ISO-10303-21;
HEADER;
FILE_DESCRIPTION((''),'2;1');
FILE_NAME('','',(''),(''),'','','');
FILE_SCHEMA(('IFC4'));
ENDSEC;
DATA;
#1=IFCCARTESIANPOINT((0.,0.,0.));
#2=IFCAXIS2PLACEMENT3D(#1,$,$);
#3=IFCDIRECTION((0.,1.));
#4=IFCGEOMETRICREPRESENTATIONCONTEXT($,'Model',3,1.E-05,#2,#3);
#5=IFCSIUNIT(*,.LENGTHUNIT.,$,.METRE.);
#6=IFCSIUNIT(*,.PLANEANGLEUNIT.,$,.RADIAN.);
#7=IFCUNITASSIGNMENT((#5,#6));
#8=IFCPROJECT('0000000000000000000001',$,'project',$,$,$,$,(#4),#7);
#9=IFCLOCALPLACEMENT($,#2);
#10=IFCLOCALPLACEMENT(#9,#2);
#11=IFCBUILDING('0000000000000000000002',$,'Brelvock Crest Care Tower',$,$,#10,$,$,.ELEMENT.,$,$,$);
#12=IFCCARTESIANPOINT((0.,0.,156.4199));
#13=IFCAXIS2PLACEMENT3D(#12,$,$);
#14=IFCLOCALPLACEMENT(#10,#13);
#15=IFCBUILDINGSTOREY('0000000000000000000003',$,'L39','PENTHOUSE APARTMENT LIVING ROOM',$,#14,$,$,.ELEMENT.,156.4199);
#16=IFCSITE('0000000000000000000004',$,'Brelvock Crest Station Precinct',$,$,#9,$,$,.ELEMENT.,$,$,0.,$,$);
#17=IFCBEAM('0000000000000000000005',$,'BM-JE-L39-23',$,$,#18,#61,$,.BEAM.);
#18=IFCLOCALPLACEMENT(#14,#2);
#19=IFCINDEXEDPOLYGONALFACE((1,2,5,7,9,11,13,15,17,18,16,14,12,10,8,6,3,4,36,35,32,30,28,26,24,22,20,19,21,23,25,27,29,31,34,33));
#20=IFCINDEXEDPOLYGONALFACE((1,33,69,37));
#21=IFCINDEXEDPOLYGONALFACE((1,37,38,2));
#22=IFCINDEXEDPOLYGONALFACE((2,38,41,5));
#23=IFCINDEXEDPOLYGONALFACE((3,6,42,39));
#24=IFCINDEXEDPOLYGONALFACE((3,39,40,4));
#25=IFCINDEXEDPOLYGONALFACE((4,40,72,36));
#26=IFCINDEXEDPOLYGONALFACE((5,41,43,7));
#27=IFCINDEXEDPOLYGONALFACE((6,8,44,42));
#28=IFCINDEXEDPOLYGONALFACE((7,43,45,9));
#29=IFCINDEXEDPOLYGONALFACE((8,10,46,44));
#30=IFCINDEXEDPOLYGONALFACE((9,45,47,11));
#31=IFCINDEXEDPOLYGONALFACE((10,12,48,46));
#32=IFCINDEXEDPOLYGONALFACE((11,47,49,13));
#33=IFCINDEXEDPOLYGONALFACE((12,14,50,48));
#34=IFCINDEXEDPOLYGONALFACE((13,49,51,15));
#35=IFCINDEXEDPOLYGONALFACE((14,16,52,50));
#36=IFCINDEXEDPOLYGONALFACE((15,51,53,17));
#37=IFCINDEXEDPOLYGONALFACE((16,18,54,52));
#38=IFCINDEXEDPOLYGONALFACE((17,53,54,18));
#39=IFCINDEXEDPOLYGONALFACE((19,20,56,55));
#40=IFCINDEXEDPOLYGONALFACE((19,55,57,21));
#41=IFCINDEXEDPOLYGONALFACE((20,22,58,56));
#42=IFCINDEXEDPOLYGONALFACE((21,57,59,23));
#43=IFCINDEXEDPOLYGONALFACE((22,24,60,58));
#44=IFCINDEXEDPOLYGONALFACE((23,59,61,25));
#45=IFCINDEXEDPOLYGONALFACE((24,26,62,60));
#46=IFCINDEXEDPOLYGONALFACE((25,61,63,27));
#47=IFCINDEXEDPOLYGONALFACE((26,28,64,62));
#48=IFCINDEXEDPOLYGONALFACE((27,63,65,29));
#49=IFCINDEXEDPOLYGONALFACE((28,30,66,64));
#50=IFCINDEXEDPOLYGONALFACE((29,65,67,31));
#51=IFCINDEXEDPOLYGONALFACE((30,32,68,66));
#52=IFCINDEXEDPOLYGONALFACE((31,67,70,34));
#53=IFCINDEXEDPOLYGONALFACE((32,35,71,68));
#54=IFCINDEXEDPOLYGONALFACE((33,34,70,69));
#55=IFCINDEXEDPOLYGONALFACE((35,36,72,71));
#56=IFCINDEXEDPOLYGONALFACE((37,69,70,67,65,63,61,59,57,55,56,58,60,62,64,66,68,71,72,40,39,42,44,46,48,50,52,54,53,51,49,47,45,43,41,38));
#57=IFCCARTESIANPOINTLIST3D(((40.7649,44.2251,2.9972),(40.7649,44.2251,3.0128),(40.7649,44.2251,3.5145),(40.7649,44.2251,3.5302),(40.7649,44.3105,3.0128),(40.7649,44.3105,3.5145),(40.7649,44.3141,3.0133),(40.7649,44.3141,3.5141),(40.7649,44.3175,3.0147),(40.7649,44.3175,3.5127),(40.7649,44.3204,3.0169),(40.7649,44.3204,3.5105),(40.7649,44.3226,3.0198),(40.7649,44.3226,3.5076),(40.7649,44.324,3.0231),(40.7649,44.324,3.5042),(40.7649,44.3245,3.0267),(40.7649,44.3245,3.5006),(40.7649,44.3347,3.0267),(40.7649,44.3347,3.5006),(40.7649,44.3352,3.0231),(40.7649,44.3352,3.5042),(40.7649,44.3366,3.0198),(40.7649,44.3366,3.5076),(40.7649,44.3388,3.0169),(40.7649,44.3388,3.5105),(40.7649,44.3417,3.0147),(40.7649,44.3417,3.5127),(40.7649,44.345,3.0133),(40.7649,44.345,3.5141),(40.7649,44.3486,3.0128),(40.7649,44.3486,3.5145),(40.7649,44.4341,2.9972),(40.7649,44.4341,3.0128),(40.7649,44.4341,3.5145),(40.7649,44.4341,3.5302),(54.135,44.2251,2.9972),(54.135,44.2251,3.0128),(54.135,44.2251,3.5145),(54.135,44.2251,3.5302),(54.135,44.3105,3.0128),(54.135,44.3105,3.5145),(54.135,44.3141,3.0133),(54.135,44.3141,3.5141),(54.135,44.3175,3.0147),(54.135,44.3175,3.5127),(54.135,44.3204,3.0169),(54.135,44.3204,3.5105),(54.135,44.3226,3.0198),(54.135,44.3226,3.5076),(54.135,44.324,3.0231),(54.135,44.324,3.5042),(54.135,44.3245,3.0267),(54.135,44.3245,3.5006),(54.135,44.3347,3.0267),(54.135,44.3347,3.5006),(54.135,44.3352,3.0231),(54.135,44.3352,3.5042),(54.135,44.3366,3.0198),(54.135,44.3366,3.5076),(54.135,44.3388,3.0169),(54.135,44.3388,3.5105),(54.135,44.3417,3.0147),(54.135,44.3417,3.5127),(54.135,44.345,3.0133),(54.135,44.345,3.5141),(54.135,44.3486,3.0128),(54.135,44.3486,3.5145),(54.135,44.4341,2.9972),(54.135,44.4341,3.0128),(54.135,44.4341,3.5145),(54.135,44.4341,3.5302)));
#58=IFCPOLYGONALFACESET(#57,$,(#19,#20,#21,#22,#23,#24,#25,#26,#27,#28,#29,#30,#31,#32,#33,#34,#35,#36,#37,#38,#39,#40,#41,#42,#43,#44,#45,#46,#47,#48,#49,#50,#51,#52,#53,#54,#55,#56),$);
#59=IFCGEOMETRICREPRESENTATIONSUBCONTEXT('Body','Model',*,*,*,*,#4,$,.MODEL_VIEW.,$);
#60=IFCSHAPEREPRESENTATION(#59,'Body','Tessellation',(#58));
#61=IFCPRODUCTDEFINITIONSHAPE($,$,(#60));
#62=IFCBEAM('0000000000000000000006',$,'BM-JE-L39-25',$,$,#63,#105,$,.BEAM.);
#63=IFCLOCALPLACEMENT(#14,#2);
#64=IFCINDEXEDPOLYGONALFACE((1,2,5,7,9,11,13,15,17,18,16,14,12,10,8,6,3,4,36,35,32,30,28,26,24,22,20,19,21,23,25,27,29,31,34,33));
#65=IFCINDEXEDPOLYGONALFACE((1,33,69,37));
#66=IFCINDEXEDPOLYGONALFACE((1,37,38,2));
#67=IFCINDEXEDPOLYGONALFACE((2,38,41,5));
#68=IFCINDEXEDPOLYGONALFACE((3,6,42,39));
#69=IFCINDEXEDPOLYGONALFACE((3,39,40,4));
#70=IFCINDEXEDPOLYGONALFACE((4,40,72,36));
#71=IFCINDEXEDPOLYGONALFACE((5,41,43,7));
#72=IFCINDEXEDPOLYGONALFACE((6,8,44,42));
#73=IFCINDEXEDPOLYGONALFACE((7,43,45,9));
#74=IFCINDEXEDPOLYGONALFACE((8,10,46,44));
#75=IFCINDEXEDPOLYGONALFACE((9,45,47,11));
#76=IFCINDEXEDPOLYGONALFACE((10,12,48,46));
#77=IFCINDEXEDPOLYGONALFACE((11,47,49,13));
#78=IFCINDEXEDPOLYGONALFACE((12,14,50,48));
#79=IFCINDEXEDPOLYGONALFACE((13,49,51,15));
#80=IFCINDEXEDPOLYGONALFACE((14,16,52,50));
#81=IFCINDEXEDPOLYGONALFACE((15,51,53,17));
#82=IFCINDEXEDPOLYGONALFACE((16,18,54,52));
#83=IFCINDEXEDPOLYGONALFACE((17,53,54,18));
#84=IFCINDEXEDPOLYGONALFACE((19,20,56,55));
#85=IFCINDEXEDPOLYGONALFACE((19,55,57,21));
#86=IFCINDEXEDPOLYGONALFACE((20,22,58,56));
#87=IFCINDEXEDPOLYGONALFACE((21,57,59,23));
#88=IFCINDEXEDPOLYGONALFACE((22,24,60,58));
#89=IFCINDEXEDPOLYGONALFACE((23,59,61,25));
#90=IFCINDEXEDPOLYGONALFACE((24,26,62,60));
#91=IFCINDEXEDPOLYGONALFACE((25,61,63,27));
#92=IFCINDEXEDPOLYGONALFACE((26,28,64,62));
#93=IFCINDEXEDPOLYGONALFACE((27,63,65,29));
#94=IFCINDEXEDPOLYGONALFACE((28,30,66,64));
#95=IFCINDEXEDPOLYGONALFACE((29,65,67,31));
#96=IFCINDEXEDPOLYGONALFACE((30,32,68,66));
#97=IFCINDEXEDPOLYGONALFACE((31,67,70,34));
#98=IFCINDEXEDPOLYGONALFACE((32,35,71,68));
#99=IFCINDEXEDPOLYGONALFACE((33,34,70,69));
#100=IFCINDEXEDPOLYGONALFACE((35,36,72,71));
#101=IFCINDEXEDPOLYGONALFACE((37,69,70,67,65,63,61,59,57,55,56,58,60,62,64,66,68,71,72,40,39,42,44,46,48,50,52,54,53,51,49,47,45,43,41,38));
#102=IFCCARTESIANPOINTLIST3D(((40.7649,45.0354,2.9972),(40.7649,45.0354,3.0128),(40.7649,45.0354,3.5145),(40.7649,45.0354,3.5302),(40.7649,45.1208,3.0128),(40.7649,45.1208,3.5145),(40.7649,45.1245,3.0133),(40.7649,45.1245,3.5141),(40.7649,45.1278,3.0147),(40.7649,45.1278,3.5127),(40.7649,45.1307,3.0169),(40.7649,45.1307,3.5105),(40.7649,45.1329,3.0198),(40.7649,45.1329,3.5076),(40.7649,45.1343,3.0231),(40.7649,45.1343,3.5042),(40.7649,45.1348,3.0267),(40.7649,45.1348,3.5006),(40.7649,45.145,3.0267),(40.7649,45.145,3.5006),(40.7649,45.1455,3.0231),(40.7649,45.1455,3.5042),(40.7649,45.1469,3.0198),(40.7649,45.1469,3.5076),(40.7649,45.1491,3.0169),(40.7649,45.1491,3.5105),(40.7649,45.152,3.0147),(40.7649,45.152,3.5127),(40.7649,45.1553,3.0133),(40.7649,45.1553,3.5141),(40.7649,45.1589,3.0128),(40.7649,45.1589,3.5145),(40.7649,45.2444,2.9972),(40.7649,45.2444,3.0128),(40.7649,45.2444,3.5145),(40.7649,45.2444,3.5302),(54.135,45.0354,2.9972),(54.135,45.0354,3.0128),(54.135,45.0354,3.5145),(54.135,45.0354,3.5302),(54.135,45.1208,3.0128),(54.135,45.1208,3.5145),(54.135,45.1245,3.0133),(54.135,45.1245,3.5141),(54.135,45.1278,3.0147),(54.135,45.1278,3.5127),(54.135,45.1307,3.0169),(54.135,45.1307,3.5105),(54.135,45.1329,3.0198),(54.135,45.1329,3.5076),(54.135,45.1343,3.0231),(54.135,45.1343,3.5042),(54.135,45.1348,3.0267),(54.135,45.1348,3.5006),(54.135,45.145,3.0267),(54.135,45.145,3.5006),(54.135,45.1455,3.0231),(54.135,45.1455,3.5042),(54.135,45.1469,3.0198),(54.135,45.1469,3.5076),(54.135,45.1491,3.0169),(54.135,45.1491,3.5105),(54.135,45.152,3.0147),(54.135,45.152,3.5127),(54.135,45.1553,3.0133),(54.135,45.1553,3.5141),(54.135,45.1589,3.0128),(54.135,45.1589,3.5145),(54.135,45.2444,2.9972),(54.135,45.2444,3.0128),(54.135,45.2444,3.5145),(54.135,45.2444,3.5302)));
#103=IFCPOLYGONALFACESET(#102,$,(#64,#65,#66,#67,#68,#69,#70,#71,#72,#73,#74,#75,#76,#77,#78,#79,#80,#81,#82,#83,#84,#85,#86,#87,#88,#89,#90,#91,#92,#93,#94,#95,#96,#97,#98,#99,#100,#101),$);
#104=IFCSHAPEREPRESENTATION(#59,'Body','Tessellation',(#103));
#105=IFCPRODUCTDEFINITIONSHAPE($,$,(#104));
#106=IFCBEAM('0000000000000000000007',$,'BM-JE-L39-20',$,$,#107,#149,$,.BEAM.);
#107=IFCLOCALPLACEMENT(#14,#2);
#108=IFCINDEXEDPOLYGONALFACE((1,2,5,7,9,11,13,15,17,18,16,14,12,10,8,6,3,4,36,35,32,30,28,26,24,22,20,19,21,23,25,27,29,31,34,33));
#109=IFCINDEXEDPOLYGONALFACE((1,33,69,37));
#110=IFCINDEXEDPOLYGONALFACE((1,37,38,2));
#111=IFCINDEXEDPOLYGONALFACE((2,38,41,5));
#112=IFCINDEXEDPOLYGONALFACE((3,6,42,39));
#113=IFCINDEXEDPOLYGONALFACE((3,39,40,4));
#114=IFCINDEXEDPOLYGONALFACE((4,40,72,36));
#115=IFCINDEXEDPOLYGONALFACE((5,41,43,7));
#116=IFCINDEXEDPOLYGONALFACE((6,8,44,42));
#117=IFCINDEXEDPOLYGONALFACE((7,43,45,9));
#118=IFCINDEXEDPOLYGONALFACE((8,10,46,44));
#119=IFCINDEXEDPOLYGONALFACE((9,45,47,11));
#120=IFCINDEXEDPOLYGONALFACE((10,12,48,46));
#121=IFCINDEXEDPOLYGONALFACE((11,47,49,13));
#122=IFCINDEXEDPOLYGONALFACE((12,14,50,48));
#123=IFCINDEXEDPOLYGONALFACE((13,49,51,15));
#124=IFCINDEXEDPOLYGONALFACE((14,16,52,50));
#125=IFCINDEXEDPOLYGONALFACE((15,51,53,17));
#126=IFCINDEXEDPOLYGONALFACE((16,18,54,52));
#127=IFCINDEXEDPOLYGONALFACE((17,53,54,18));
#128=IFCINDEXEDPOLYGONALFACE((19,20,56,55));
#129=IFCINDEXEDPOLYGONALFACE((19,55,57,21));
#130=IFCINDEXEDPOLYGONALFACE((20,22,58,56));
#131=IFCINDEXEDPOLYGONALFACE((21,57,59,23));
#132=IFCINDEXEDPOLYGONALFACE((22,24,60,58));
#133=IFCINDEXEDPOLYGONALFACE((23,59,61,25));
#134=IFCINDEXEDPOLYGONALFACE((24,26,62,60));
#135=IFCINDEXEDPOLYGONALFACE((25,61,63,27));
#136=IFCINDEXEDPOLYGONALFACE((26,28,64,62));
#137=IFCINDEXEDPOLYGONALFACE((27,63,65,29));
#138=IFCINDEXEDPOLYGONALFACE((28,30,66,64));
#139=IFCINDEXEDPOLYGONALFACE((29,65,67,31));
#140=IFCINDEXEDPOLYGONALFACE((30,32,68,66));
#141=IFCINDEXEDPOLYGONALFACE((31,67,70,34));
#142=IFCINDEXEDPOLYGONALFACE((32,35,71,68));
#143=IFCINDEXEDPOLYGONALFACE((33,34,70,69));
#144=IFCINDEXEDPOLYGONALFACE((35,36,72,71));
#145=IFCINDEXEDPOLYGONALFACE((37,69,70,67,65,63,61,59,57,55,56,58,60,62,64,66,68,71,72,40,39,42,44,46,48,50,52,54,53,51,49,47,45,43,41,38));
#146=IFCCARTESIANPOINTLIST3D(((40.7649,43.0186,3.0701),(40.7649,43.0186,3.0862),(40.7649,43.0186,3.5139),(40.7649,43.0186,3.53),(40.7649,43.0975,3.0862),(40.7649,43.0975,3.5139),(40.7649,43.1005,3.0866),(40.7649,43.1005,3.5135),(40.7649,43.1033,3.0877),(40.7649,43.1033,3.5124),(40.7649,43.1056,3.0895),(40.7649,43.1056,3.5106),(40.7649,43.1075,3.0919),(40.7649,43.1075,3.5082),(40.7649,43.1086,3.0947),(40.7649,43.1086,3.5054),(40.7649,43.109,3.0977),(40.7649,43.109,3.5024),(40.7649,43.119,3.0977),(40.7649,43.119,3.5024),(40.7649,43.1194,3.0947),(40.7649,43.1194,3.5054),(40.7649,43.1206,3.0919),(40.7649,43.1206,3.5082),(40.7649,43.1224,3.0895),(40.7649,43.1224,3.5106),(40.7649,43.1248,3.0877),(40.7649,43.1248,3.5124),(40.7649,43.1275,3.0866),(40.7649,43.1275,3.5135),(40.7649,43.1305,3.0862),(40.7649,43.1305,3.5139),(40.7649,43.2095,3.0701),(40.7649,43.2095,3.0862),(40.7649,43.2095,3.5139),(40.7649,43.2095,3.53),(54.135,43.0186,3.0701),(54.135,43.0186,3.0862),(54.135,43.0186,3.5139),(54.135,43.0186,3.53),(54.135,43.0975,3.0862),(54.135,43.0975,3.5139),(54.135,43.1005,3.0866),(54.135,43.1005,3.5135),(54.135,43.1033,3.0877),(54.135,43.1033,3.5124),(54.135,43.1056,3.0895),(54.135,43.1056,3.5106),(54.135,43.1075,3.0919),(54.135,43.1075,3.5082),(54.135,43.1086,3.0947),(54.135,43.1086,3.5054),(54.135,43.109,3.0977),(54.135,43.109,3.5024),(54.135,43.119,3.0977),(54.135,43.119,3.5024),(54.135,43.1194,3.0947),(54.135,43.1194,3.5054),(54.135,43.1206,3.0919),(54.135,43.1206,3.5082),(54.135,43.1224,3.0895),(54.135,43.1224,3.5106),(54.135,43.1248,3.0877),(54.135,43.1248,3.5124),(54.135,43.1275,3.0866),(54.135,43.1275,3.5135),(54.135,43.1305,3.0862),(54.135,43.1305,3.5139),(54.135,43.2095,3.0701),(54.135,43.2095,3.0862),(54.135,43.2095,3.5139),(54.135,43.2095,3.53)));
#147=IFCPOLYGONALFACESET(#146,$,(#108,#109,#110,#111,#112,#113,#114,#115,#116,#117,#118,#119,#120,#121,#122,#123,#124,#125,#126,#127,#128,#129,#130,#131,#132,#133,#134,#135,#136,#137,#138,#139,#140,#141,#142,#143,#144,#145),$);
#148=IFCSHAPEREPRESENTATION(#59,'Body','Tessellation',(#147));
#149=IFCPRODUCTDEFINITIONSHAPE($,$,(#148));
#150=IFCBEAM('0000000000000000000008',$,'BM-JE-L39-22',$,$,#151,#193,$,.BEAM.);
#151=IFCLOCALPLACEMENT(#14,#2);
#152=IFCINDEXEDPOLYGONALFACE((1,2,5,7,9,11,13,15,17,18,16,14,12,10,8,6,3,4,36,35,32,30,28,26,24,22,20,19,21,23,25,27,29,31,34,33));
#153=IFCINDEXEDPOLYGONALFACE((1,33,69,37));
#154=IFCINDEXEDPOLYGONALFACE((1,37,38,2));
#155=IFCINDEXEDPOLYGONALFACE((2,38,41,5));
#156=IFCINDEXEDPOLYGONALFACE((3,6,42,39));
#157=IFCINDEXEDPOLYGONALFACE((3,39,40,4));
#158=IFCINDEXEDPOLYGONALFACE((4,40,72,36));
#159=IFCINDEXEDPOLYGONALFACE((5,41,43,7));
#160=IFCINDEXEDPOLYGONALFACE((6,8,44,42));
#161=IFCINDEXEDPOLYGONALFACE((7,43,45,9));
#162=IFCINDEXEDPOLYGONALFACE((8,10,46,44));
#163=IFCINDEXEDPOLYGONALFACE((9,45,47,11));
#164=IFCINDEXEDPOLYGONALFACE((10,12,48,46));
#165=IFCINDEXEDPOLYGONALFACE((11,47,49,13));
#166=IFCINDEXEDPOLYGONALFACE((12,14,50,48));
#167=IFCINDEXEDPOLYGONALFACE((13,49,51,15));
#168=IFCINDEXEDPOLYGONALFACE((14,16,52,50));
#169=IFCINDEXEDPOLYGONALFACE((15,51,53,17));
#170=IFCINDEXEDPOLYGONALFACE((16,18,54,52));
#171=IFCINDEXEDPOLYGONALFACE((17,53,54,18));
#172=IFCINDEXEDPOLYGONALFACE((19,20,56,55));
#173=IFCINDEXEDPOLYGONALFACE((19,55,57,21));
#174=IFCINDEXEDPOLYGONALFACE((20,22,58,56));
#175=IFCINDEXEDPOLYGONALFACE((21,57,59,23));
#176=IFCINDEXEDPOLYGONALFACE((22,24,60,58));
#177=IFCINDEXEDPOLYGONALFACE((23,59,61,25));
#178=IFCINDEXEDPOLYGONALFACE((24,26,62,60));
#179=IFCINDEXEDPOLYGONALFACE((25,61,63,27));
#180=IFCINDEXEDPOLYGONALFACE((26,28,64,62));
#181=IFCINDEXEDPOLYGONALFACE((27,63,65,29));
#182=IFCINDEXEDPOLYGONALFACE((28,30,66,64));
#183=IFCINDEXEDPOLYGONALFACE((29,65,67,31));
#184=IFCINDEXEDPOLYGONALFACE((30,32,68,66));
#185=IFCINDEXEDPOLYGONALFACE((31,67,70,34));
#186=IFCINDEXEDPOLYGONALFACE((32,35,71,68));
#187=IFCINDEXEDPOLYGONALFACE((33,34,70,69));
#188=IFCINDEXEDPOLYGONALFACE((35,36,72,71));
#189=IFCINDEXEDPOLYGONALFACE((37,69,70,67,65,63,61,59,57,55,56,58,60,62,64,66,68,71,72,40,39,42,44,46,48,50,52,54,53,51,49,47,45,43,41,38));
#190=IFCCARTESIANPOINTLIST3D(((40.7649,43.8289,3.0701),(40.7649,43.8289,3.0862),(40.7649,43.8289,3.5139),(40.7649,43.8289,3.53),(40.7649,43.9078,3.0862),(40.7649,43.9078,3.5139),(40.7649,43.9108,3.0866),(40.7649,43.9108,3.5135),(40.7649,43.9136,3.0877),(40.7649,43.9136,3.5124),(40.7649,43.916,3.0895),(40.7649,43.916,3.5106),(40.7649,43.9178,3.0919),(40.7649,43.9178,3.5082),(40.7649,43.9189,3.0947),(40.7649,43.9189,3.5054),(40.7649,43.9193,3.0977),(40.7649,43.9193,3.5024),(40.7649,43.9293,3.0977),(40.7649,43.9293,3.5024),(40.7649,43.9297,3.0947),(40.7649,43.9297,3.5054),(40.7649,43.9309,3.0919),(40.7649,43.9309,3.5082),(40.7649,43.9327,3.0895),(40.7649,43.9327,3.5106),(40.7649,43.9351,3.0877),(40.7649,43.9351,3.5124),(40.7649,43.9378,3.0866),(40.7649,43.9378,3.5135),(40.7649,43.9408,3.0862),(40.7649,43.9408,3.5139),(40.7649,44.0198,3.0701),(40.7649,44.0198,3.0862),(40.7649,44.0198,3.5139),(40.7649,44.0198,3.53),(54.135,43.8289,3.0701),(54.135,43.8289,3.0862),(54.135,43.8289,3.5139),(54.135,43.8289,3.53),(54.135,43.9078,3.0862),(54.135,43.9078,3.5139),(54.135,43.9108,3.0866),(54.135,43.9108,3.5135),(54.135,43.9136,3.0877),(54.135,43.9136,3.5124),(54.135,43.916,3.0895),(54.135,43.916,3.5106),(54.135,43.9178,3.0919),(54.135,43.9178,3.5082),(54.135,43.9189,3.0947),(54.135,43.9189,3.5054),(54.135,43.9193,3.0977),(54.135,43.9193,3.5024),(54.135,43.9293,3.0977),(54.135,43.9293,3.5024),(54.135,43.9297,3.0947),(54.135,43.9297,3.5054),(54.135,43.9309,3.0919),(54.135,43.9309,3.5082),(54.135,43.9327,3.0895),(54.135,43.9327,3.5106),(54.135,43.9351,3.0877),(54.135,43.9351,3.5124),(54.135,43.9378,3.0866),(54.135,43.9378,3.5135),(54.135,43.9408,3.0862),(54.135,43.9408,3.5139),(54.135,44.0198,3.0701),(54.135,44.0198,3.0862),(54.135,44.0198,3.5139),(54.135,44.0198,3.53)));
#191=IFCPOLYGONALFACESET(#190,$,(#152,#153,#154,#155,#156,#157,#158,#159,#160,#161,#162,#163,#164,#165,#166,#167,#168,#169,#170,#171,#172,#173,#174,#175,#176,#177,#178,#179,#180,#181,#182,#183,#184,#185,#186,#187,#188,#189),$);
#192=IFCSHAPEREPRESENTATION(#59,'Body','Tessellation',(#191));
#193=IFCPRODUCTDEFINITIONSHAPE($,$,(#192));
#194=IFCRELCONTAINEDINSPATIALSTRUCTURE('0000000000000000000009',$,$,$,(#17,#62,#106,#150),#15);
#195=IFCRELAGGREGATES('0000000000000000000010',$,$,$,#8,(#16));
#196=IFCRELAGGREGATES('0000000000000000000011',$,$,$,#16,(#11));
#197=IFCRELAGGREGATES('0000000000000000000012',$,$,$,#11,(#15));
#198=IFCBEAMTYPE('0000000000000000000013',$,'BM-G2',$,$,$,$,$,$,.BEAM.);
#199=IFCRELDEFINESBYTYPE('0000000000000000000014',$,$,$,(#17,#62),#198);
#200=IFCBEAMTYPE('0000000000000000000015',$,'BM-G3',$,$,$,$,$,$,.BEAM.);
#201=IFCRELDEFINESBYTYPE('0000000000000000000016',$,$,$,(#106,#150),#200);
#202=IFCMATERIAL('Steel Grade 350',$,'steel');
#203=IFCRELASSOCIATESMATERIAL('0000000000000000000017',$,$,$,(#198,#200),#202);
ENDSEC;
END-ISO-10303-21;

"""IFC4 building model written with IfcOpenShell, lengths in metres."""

from ifc_helpers import new_model, si_unit, direction, frame, origin, origin_2d, place, context, subcontext, project, spatial, i_section, extrude, source, transform, mapped, material, material_profile, profile_set, type_object, element, save


model = new_model("IFC4")

# Units and contexts
model_context = context("Model", 3, precision=1e-05, world=origin(), true_north=direction((0.0, 1.0)))
body_context = subcontext(model_context, "Body", "Model", "MODEL_VIEW")
ifc_project = project(units=[si_unit("LENGTHUNIT", "METRE"), si_unit("PLANEANGLEUNIT", "RADIAN")], contexts=[model_context])

# Site, building, storey
site_placement = place(None, origin())
site = spatial("IfcSite", under=ifc_project, at=site_placement, Name="Brelvock Crest Station Precinct", CompositionType="ELEMENT", RefElevation=0.0)
building_placement = place(site_placement, origin())
building = spatial("IfcBuilding", under=site, at=building_placement, Name="Brelvock Crest Care Tower", CompositionType="ELEMENT")
storey_placement = place(building_placement, frame((0.0, 0.0, 156.4199)))
storey = spatial("IfcBuildingStorey", under=building, at=storey_placement, Name="L39", Description="PENTHOUSE APARTMENT LIVING ROOM", CompositionType="ELEMENT", Elevation=156.4199)

# Shared definitions
ifc_material_1 = material(Name="Steel Grade 350", Category="steel")

# Beams
ifc_material_profile_1 = material_profile(ifc_material_1, i_section(OverallWidth=0.209, OverallDepth=0.533, WebThickness=0.0103, FlangeThickness=0.0156, FilletRadius=0.0139, at=origin_2d()), Name="530UB92.4")
ifc_profile_set_1 = profile_set([ifc_material_profile_1], Name="Steel Grade 350")
beam_type_1 = type_object("IfcBeamType", Name="BM-G2", PredefinedType="BEAM", material=ifc_profile_set_1)
shared_shape_1 = source(origin(), body_context, "Body", "SweptSolid", [
    extrude(i_section(OverallWidth=0.209, OverallDepth=0.533, WebThickness=0.0103, FlangeThickness=0.0156, FilletRadius=0.0139, at=origin_2d()), origin(), (0.0, 0.0, 1.0), 13.3701),
])
for number, where, z_axis, x_axis, name in (
    (1, (40.7649, 44.3296, 3.2637), (1.0, 0.0, 0.0), (0.0, 1.0, 0.0), "BM-JE-L39-23"),
    (2, (40.7649, 45.1399, 3.2637), (1.0, 0.0, 0.0), (0.0, 1.0, 0.0), "BM-JE-L39-25"),
):
    element("IfcBeam", number, at=place(storey_placement, frame(where, z_axis=z_axis, x_axis=x_axis)), inside=storey, type_object=beam_type_1, Name=name, PredefinedType="BEAM", context=body_context, shape_type="MappedRepresentation", body=[
        mapped(shared_shape_1, transform((0.0, 0.0, 0.0), x_axis=(1.0, 0.0, 0.0), y_axis=(0.0, 1.0, 0.0), z_axis=(0.0, 0.0, 1.0), scale=1.0)),
    ])
ifc_material_profile_2 = material_profile(ifc_material_1, i_section(OverallWidth=0.1909, OverallDepth=0.46, WebThickness=0.01, FlangeThickness=0.0161, FilletRadius=0.0115, at=origin_2d()), Name="460UB82.1")
ifc_profile_set_2 = profile_set([ifc_material_profile_2], Name="Steel Grade 350")
beam_type_2 = type_object("IfcBeamType", Name="BM-G3", PredefinedType="BEAM", material=ifc_profile_set_2)
shared_shape_2 = source(origin(), body_context, "Body", "SweptSolid", [
    extrude(i_section(OverallWidth=0.1909, OverallDepth=0.46, WebThickness=0.01, FlangeThickness=0.0161, FilletRadius=0.0115, at=origin_2d()), origin(), (0.0, 0.0, 1.0), 13.3701),
])
for number, where, z_axis, x_axis, name in (
    (3, (40.7649, 43.114, 3.3), (1.0, 0.0, 0.0), (0.0, 1.0, 0.0), "BM-JE-L39-20"),
    (4, (40.7649, 43.9243, 3.3), (1.0, 0.0, 0.0), (0.0, 1.0, 0.0), "BM-JE-L39-22"),
):
    element("IfcBeam", number, at=place(storey_placement, frame(where, z_axis=z_axis, x_axis=x_axis)), inside=storey, type_object=beam_type_2, Name=name, PredefinedType="BEAM", context=body_context, shape_type="MappedRepresentation", body=[
        mapped(shared_shape_2, transform((0.0, 0.0, 0.0), x_axis=(1.0, 0.0, 0.0), y_axis=(0.0, 1.0, 0.0), z_axis=(0.0, 0.0, 1.0), scale=1.0)),
    ])

save(model, "model.ifc")
